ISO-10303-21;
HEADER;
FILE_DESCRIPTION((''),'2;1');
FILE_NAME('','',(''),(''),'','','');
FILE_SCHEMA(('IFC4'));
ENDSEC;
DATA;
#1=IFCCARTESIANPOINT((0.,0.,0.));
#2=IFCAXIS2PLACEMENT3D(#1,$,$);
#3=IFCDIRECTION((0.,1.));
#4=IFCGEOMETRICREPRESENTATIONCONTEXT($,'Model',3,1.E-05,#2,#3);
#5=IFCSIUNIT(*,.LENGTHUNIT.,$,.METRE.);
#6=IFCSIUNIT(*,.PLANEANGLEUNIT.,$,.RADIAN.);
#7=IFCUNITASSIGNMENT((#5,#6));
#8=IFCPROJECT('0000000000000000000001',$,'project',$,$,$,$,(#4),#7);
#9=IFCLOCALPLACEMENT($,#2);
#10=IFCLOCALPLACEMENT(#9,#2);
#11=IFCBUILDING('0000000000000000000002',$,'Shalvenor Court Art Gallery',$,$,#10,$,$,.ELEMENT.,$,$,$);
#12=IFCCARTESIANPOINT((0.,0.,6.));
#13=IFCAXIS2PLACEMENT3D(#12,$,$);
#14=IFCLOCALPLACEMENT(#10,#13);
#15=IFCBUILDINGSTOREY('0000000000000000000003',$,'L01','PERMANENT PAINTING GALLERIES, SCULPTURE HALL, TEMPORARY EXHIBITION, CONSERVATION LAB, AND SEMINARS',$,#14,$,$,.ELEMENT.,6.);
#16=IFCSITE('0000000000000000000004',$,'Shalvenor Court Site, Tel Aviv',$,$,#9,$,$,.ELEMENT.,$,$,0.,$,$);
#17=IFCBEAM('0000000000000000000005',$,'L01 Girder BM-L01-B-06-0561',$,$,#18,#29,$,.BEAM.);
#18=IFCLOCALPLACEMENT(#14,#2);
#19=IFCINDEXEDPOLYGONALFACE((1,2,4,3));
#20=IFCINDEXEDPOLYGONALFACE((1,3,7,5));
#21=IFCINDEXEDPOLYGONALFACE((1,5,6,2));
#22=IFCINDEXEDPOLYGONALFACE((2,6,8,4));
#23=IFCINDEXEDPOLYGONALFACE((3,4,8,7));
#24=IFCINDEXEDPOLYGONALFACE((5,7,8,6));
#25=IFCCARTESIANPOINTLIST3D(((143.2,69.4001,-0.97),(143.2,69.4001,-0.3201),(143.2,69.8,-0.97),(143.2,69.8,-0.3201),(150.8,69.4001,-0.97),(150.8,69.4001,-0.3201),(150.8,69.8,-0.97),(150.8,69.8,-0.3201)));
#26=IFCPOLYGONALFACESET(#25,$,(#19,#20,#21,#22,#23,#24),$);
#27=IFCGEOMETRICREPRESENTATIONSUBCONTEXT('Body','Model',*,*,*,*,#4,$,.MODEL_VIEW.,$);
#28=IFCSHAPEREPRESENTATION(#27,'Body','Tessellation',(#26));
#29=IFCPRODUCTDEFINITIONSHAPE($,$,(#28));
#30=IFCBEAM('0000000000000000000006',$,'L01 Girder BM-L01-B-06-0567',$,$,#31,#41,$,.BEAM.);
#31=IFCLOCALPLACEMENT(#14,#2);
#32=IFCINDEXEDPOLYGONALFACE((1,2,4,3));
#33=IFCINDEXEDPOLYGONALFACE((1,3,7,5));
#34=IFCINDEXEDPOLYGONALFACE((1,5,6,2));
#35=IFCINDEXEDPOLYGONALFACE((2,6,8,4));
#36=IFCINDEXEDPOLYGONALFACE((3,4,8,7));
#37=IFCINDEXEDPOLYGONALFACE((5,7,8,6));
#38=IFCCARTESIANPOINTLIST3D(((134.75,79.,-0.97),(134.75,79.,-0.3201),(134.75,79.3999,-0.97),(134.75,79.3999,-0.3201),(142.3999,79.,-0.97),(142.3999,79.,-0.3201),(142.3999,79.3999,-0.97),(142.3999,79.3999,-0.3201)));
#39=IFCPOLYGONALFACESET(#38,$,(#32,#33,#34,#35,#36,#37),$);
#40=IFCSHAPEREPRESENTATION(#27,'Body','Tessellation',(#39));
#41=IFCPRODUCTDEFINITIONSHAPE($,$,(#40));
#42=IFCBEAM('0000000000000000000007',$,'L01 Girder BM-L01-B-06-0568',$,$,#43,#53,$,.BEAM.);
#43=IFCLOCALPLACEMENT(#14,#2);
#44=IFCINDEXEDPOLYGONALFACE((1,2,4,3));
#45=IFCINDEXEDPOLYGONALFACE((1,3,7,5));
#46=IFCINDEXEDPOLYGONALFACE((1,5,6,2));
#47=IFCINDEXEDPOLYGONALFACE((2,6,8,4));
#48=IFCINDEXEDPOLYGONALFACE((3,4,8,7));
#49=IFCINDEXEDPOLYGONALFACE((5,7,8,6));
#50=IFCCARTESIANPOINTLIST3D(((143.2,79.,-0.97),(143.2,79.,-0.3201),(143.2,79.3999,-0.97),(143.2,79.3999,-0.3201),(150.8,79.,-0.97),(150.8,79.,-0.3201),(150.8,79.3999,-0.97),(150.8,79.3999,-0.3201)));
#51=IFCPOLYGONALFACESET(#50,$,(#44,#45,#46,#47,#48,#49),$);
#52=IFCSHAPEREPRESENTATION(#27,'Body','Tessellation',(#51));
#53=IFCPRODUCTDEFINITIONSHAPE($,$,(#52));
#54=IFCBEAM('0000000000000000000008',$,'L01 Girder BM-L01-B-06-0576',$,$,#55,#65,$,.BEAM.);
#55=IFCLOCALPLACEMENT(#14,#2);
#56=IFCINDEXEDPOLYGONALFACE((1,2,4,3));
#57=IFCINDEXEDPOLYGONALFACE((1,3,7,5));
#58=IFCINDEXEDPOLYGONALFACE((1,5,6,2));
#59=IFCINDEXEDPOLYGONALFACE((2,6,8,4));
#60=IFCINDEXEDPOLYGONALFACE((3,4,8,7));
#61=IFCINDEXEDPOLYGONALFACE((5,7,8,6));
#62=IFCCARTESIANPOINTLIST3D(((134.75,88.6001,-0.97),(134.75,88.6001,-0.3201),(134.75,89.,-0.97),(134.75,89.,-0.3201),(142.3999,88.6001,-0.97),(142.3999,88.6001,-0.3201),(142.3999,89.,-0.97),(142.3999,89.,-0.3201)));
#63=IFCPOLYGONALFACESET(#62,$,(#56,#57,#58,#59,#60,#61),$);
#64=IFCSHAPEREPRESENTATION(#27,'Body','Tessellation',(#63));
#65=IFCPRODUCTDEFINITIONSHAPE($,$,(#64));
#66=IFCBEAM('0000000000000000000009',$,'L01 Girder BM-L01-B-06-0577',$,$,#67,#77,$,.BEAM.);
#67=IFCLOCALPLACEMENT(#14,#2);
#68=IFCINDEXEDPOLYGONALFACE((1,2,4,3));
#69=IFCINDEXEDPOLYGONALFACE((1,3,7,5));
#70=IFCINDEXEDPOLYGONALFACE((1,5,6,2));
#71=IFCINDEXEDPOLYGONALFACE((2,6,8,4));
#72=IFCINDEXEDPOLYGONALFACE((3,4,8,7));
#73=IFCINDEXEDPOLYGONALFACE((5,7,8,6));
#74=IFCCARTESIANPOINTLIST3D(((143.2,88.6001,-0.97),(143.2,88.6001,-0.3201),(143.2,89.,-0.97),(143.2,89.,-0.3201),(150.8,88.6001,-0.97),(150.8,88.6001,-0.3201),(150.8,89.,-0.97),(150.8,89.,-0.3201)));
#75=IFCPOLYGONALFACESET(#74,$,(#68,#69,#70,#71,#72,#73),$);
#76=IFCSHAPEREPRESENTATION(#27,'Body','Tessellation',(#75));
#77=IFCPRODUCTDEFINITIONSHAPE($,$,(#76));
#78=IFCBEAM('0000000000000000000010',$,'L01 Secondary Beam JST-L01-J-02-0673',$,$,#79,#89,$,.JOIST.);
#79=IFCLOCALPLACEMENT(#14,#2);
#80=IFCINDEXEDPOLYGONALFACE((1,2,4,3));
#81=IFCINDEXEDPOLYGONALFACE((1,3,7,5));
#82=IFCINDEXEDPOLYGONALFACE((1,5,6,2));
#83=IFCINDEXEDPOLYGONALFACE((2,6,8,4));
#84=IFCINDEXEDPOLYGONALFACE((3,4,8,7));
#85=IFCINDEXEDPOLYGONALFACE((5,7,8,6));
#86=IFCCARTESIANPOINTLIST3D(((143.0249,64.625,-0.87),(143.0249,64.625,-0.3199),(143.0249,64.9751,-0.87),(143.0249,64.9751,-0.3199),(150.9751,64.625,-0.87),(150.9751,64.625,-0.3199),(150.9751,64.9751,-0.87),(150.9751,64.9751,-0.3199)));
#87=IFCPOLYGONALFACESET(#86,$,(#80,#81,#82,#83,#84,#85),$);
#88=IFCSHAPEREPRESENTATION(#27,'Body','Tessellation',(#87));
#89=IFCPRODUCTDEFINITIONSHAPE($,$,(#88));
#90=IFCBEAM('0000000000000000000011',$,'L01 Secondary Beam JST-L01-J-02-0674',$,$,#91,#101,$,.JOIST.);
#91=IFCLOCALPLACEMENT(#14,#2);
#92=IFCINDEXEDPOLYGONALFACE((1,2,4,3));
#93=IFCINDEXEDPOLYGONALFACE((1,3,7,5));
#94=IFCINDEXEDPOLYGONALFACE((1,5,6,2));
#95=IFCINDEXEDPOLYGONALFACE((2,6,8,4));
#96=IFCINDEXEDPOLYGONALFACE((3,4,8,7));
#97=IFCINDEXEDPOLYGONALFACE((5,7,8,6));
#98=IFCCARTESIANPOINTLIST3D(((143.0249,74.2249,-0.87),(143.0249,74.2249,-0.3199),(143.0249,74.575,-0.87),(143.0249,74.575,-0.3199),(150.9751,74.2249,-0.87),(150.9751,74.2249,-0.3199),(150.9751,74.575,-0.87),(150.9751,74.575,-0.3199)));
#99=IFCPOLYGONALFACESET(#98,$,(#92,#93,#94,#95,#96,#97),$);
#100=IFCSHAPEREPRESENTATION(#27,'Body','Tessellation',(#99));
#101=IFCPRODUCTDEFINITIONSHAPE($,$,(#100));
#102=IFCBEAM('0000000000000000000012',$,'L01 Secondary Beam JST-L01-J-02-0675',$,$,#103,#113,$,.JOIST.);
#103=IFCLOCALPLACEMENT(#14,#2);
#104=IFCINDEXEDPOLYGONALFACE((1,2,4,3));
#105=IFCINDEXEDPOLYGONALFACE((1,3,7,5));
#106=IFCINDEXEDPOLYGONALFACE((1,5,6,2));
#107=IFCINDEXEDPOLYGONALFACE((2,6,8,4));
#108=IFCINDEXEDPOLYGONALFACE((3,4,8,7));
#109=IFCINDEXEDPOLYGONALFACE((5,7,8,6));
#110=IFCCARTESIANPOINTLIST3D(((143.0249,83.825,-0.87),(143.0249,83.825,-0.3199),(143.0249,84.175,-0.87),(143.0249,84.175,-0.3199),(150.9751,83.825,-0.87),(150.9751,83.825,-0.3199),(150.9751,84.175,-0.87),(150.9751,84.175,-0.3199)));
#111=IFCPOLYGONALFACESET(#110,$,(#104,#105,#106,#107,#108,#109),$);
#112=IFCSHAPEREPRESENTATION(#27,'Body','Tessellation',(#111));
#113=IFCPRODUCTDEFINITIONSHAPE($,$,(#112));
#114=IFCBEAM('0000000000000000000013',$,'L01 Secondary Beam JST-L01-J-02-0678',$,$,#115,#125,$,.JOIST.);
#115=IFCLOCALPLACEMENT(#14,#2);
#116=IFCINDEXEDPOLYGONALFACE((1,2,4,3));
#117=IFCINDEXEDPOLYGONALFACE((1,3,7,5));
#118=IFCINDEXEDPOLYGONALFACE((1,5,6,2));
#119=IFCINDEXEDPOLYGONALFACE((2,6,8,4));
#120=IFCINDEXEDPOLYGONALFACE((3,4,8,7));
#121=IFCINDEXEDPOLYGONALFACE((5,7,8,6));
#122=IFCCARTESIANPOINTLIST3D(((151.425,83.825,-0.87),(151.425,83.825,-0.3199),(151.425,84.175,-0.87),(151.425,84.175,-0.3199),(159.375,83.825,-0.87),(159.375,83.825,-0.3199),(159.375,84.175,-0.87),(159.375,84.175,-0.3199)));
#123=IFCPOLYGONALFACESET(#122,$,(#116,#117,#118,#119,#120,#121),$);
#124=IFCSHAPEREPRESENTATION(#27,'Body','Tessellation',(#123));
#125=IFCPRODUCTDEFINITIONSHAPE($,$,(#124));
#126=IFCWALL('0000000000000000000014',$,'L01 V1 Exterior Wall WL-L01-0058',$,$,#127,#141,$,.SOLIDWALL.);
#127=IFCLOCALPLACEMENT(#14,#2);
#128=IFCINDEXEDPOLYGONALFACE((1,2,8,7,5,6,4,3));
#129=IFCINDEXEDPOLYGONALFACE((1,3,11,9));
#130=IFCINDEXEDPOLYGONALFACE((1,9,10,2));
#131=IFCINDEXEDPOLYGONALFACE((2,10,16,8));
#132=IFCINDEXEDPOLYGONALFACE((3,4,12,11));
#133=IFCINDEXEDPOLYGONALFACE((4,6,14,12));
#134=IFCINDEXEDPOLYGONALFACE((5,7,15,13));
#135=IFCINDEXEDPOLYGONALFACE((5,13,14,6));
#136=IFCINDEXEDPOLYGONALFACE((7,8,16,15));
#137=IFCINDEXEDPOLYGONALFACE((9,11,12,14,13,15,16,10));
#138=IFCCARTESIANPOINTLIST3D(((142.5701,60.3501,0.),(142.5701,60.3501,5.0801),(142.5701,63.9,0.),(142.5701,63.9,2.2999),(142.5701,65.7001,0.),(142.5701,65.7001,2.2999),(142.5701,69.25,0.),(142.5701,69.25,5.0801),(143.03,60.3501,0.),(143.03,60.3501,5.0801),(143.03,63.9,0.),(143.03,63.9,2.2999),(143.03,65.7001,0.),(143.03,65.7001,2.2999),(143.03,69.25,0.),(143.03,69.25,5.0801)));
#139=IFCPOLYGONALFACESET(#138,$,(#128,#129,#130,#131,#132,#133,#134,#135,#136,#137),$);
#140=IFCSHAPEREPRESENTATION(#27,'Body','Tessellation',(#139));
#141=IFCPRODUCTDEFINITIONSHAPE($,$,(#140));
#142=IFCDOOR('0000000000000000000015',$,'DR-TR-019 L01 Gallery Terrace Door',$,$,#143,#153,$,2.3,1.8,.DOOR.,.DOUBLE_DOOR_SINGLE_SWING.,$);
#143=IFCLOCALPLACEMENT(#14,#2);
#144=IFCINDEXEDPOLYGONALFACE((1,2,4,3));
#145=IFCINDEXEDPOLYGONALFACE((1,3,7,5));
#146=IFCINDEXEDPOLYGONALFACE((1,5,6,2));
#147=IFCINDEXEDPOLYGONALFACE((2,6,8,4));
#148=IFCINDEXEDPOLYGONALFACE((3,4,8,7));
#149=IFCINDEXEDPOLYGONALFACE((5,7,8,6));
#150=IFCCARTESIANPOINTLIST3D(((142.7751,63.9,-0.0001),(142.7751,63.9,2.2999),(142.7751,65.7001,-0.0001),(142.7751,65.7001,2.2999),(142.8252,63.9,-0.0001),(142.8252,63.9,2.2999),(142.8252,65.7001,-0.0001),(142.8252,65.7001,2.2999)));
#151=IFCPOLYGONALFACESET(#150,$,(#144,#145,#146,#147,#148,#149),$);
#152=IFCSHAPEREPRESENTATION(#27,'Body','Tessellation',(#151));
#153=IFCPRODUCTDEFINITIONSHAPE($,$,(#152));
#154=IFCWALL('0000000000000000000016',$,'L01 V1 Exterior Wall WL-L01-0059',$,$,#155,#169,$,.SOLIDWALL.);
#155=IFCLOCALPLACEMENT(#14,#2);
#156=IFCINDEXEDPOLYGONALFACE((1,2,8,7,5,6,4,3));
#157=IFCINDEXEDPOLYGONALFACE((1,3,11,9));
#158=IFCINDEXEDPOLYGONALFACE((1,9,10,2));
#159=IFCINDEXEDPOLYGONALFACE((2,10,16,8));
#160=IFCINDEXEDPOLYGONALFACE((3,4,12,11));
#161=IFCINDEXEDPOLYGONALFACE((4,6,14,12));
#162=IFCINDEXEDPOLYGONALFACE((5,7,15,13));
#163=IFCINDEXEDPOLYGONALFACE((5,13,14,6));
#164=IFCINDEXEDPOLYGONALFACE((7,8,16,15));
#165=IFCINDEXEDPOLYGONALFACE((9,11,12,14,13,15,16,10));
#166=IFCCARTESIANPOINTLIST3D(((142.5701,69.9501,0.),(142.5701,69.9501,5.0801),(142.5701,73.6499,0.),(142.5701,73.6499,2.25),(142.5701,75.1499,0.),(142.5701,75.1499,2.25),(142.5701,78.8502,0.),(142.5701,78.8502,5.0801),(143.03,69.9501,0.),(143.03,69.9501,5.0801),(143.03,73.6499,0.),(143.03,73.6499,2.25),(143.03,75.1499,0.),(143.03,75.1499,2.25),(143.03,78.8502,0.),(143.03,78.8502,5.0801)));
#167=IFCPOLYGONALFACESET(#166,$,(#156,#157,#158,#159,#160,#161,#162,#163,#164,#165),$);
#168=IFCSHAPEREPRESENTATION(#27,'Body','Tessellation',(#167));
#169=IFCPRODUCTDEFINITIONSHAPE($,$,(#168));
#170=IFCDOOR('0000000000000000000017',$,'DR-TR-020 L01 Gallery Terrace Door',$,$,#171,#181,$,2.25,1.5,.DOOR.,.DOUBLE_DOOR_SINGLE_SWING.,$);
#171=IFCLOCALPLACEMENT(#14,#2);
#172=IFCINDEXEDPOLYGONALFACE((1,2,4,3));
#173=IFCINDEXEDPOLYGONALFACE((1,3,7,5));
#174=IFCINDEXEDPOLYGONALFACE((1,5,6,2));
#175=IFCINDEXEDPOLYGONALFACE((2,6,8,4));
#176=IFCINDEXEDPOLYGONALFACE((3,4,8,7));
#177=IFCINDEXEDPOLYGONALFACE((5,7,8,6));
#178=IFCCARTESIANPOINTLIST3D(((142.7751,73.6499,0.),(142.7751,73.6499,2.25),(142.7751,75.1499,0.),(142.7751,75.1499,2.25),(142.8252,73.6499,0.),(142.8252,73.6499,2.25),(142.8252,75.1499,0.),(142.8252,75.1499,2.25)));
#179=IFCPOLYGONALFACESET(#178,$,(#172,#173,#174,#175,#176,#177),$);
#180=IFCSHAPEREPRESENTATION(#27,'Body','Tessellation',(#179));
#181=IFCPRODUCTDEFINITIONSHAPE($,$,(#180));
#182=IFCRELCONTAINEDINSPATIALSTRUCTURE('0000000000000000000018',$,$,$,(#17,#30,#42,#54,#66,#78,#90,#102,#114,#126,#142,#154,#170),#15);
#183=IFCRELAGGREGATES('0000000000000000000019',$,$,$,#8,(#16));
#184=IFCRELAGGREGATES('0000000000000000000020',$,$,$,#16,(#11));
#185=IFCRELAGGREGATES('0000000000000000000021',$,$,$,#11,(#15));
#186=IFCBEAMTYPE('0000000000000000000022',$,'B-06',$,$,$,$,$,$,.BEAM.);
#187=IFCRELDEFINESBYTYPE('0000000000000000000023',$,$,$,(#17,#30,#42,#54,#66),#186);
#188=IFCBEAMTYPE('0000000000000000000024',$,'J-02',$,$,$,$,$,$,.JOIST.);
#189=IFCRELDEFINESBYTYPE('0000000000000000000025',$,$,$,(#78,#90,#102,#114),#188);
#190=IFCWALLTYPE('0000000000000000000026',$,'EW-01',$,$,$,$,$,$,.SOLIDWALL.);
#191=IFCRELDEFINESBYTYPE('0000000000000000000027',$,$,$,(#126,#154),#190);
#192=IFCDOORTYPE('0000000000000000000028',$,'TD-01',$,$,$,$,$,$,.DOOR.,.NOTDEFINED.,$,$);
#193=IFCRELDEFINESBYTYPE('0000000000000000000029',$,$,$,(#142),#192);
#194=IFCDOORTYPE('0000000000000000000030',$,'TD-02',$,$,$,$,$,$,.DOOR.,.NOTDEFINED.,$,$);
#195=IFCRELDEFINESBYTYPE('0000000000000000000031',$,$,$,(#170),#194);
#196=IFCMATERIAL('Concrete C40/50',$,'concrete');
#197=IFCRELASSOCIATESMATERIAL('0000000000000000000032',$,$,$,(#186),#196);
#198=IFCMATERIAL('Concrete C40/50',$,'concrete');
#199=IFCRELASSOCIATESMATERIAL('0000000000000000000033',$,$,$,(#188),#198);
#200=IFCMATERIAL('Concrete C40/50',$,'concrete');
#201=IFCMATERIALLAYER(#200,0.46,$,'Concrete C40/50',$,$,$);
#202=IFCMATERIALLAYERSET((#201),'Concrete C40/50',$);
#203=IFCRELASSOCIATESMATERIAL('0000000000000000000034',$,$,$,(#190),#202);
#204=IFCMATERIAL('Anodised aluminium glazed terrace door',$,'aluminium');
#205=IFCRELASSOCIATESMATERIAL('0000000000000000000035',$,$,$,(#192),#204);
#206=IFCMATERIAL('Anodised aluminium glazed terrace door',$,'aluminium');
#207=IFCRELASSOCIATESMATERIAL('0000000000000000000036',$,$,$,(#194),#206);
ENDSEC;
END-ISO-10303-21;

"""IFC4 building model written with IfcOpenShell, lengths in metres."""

from ifc_helpers import new_model, si_unit, direction, frame, frame_2d, origin, origin_2d, place, context, subcontext, project, spatial, rectangle, extrude, material, layer, layer_set, material_profile, profile_set, type_object, element, fill, save


model = new_model("IFC4")

# Units and contexts
model_context = context("Model", 3, precision=1e-05, world=origin(), true_north=direction((0.0, 1.0)))
body_context = subcontext(model_context, "Body", "Model", "MODEL_VIEW")
ifc_project = project(units=[si_unit("LENGTHUNIT", "METRE"), si_unit("PLANEANGLEUNIT", "RADIAN")], contexts=[model_context])

# Site, building, storey
site_placement = place(None, origin())
site = spatial("IfcSite", under=ifc_project, at=site_placement, Name="Shalvenor Court Site, Tel Aviv", CompositionType="ELEMENT", RefElevation=0.0)
building_placement = place(site_placement, origin())
building = spatial("IfcBuilding", under=site, at=building_placement, Name="Shalvenor Court Art Gallery", CompositionType="ELEMENT")
storey_placement = place(building_placement, frame((0.0, 0.0, 6.0)))
storey = spatial("IfcBuildingStorey", under=building, at=storey_placement, Name="L01", Description="PERMANENT PAINTING GALLERIES, SCULPTURE HALL, TEMPORARY EXHIBITION, CONSERVATION LAB, AND SEMINARS", CompositionType="ELEMENT", Elevation=6.0)

# Beams
ifc_material_1 = material(Name="Concrete C40/50", Category="concrete")
ifc_material_profile_1 = material_profile(ifc_material_1, rectangle(XDim=0.3999, YDim=0.6499, at=origin_2d()), Name="RC 400x650")
ifc_profile_set_1 = profile_set([ifc_material_profile_1], Name="Concrete C40/50")
beam_type_1 = type_object("IfcBeamType", Name="B-06", PredefinedType="BEAM", material=ifc_profile_set_1)
beam_1_placement = place(storey_placement, frame((143.2, 69.6001, -0.645), z_axis=(1.0, 0.0, 0.0), x_axis=(0.0, 1.0, 0.0)))
element("IfcBeam", 1, at=beam_1_placement, inside=storey, type_object=beam_type_1, Name="L01 Girder BM-L01-B-06-0561", PredefinedType="BEAM", context=body_context, shape_type="SweptSolid", body=[
    extrude(rectangle(XDim=0.3999, YDim=0.6499, at=origin_2d()), origin(), (0.0, 0.0, 1.0), 7.6001),
])
beam_2_placement = place(storey_placement, frame((134.75, 79.2, -0.645), z_axis=(1.0, 0.0, 0.0), x_axis=(0.0, 1.0, 0.0)))
element("IfcBeam", 2, at=beam_2_placement, inside=storey, type_object=beam_type_1, Name="L01 Girder BM-L01-B-06-0567", PredefinedType="BEAM", context=body_context, shape_type="SweptSolid", body=[
    extrude(rectangle(XDim=0.3999, YDim=0.6499, at=origin_2d()), origin(), (0.0, 0.0, 1.0), 7.6499),
])
beam_3_placement = place(storey_placement, frame((143.2, 79.2, -0.645), z_axis=(1.0, 0.0, 0.0), x_axis=(0.0, 1.0, 0.0)))
element("IfcBeam", 3, at=beam_3_placement, inside=storey, type_object=beam_type_1, Name="L01 Girder BM-L01-B-06-0568", PredefinedType="BEAM", context=body_context, shape_type="SweptSolid", body=[
    extrude(rectangle(XDim=0.3999, YDim=0.6499, at=origin_2d()), origin(), (0.0, 0.0, 1.0), 7.6001),
])
beam_4_placement = place(storey_placement, frame((134.75, 88.8, -0.645), z_axis=(1.0, 0.0, 0.0), x_axis=(0.0, 1.0, 0.0)))
element("IfcBeam", 4, at=beam_4_placement, inside=storey, type_object=beam_type_1, Name="L01 Girder BM-L01-B-06-0576", PredefinedType="BEAM", context=body_context, shape_type="SweptSolid", body=[
    extrude(rectangle(XDim=0.3999, YDim=0.6499, at=origin_2d()), origin(), (0.0, 0.0, 1.0), 7.6499),
])
beam_5_placement = place(storey_placement, frame((143.2, 88.8, -0.645), z_axis=(1.0, 0.0, 0.0), x_axis=(0.0, 1.0, 0.0)))
element("IfcBeam", 5, at=beam_5_placement, inside=storey, type_object=beam_type_1, Name="L01 Girder BM-L01-B-06-0577", PredefinedType="BEAM", context=body_context, shape_type="SweptSolid", body=[
    extrude(rectangle(XDim=0.3999, YDim=0.6499, at=origin_2d()), origin(), (0.0, 0.0, 1.0), 7.6001),
])
ifc_material_2 = material(Name="Concrete C40/50", Category="concrete")
ifc_material_profile_2 = material_profile(ifc_material_2, rectangle(XDim=0.3501, YDim=0.55, at=origin_2d()), Name="RC 350x550")
ifc_profile_set_2 = profile_set([ifc_material_profile_2], Name="Concrete C40/50")
beam_type_2 = type_object("IfcBeamType", Name="J-02", PredefinedType="JOIST", material=ifc_profile_set_2)
for number, where, z_axis, x_axis, name in (
    (6, (143.0249, 64.8, -0.595), (1.0, 0.0, 0.0), (0.0, 1.0, 0.0), "L01 Secondary Beam JST-L01-J-02-0673"),
    (7, (143.0249, 74.3999, -0.595), (1.0, 0.0, 0.0), (0.0, 1.0, 0.0), "L01 Secondary Beam JST-L01-J-02-0674"),
    (8, (143.0249, 84.0, -0.595), (1.0, 0.0, 0.0), (0.0, 1.0, 0.0), "L01 Secondary Beam JST-L01-J-02-0675"),
):
    element("IfcBeam", number, at=place(storey_placement, frame(where, z_axis=z_axis, x_axis=x_axis)), inside=storey, type_object=beam_type_2, Name=name, PredefinedType="JOIST", context=body_context, shape_type="SweptSolid", body=[
        extrude(rectangle(XDim=0.3501, YDim=0.55, at=origin_2d()), origin(), (0.0, 0.0, 1.0), 7.9502),
    ])
beam_6_placement = place(storey_placement, frame((151.425, 84.0, -0.595), z_axis=(1.0, 0.0, 0.0), x_axis=(0.0, 1.0, 0.0)))
element("IfcBeam", 9, at=beam_6_placement, inside=storey, type_object=beam_type_2, Name="L01 Secondary Beam JST-L01-J-02-0678", PredefinedType="JOIST", context=body_context, shape_type="SweptSolid", body=[
    extrude(rectangle(XDim=0.3501, YDim=0.55, at=origin_2d()), origin(), (0.0, 0.0, 1.0), 7.95),
])

# Walls, openings, doors
ifc_material_3 = material(Name="Concrete C40/50", Category="concrete")
ifc_layer_1 = layer(ifc_material_3, 0.46, Name="Concrete C40/50")
ifc_layer_set_1 = layer_set([ifc_layer_1], Name="Concrete C40/50")
wall_type_1 = type_object("IfcWallType", Name="EW-01", PredefinedType="SOLIDWALL", material=ifc_layer_set_1)
wall_1_placement = place(storey_placement, frame((142.8, 60.3501, 0.0), z_axis=(0.0, 0.0, 1.0), x_axis=(0.0, 1.0, 0.0)))
wall_1 = element("IfcWall", 10, at=wall_1_placement, inside=storey, type_object=wall_type_1, Name="L01 V1 Exterior Wall WL-L01-0058", PredefinedType="SOLIDWALL", context=body_context, shape_type="SweptSolid", body=[
    extrude(rectangle(XDim=8.8999, YDim=0.46, at=frame_2d((4.45, 0.0))), origin(), (0.0, 0.0, 1.0), 5.0801),
])
opening_1_placement = place(wall_1_placement, frame((3.55, 0.0, 0.0)))
opening_1 = element("IfcOpeningElement", 11, at=opening_1_placement, cuts=wall_1, PredefinedType="OPENING", context=body_context, shape_type="SweptSolid", body=[
    extrude(rectangle(XDim=1.8, YDim=2.3, at=frame_2d((0.8999, 1.1499))), frame((0.0, 0.24, 0.0), z_axis=(0.0, -1.0, 0.0), x_axis=(1.0, 0.0, 0.0)), (0.0, 0.0, 1.0), 0.48),
])
ifc_material_4 = material(Name="Anodised aluminium glazed terrace door", Category="aluminium")
door_type_1 = type_object("IfcDoorType", Name="TD-01", OperationType="NOTDEFINED", PredefinedType="DOOR", material=ifc_material_4)
door_1_placement = place(opening_1_placement, origin())
door_1 = element("IfcDoor", 12, at=door_1_placement, inside=storey, type_object=door_type_1, Name="DR-TR-019 L01 Gallery Terrace Door", OperationType="DOUBLE_DOOR_SINGLE_SWING", OverallHeight=2.3, OverallWidth=1.8, PredefinedType="DOOR", context=body_context, shape_type="SweptSolid", body=[
    extrude(rectangle(XDim=1.8, YDim=2.3, at=frame_2d((0.8999, 1.1499))), frame((0.0, 0.0249, 0.0), z_axis=(0.0, -1.0, 0.0), x_axis=(1.0, 0.0, 0.0)), (0.0, 0.0, 1.0), 0.05),
])
fill(opening_1, door_1)
wall_2_placement = place(storey_placement, frame((142.8, 69.95, 0.0), z_axis=(0.0, 0.0, 1.0), x_axis=(0.0, 1.0, 0.0)))
wall_2 = element("IfcWall", 13, at=wall_2_placement, inside=storey, type_object=wall_type_1, Name="L01 V1 Exterior Wall WL-L01-0059", PredefinedType="SOLIDWALL", context=body_context, shape_type="SweptSolid", body=[
    extrude(rectangle(XDim=8.9001, YDim=0.46, at=frame_2d((4.4502, 0.0))), origin(), (0.0, 0.0, 1.0), 5.0801),
])
opening_2_placement = place(wall_2_placement, frame((3.7, 0.0, 0.0)))
opening_2 = element("IfcOpeningElement", 14, at=opening_2_placement, cuts=wall_2, PredefinedType="OPENING", context=body_context, shape_type="SweptSolid", body=[
    extrude(rectangle(XDim=1.5, YDim=2.25, at=frame_2d((0.75, 1.125))), frame((0.0, 0.24, 0.0), z_axis=(0.0, -1.0, 0.0), x_axis=(1.0, 0.0, 0.0)), (0.0, 0.0, 1.0), 0.48),
])
ifc_material_5 = material(Name="Anodised aluminium glazed terrace door", Category="aluminium")
door_type_2 = type_object("IfcDoorType", Name="TD-02", OperationType="NOTDEFINED", PredefinedType="DOOR", material=ifc_material_5)
door_2_placement = place(opening_2_placement, origin())
door_2 = element("IfcDoor", 15, at=door_2_placement, inside=storey, type_object=door_type_2, Name="DR-TR-020 L01 Gallery Terrace Door", OperationType="DOUBLE_DOOR_SINGLE_SWING", OverallHeight=2.25, OverallWidth=1.5, PredefinedType="DOOR", context=body_context, shape_type="SweptSolid", body=[
    extrude(rectangle(XDim=1.5, YDim=2.25, at=frame_2d((0.75, 1.125))), frame((0.0, 0.0249, 0.0), z_axis=(0.0, -1.0, 0.0), x_axis=(1.0, 0.0, 0.0)), (0.0, 0.0, 1.0), 0.05),
])
fill(opening_2, door_2)

save(model, "model.ifc")
